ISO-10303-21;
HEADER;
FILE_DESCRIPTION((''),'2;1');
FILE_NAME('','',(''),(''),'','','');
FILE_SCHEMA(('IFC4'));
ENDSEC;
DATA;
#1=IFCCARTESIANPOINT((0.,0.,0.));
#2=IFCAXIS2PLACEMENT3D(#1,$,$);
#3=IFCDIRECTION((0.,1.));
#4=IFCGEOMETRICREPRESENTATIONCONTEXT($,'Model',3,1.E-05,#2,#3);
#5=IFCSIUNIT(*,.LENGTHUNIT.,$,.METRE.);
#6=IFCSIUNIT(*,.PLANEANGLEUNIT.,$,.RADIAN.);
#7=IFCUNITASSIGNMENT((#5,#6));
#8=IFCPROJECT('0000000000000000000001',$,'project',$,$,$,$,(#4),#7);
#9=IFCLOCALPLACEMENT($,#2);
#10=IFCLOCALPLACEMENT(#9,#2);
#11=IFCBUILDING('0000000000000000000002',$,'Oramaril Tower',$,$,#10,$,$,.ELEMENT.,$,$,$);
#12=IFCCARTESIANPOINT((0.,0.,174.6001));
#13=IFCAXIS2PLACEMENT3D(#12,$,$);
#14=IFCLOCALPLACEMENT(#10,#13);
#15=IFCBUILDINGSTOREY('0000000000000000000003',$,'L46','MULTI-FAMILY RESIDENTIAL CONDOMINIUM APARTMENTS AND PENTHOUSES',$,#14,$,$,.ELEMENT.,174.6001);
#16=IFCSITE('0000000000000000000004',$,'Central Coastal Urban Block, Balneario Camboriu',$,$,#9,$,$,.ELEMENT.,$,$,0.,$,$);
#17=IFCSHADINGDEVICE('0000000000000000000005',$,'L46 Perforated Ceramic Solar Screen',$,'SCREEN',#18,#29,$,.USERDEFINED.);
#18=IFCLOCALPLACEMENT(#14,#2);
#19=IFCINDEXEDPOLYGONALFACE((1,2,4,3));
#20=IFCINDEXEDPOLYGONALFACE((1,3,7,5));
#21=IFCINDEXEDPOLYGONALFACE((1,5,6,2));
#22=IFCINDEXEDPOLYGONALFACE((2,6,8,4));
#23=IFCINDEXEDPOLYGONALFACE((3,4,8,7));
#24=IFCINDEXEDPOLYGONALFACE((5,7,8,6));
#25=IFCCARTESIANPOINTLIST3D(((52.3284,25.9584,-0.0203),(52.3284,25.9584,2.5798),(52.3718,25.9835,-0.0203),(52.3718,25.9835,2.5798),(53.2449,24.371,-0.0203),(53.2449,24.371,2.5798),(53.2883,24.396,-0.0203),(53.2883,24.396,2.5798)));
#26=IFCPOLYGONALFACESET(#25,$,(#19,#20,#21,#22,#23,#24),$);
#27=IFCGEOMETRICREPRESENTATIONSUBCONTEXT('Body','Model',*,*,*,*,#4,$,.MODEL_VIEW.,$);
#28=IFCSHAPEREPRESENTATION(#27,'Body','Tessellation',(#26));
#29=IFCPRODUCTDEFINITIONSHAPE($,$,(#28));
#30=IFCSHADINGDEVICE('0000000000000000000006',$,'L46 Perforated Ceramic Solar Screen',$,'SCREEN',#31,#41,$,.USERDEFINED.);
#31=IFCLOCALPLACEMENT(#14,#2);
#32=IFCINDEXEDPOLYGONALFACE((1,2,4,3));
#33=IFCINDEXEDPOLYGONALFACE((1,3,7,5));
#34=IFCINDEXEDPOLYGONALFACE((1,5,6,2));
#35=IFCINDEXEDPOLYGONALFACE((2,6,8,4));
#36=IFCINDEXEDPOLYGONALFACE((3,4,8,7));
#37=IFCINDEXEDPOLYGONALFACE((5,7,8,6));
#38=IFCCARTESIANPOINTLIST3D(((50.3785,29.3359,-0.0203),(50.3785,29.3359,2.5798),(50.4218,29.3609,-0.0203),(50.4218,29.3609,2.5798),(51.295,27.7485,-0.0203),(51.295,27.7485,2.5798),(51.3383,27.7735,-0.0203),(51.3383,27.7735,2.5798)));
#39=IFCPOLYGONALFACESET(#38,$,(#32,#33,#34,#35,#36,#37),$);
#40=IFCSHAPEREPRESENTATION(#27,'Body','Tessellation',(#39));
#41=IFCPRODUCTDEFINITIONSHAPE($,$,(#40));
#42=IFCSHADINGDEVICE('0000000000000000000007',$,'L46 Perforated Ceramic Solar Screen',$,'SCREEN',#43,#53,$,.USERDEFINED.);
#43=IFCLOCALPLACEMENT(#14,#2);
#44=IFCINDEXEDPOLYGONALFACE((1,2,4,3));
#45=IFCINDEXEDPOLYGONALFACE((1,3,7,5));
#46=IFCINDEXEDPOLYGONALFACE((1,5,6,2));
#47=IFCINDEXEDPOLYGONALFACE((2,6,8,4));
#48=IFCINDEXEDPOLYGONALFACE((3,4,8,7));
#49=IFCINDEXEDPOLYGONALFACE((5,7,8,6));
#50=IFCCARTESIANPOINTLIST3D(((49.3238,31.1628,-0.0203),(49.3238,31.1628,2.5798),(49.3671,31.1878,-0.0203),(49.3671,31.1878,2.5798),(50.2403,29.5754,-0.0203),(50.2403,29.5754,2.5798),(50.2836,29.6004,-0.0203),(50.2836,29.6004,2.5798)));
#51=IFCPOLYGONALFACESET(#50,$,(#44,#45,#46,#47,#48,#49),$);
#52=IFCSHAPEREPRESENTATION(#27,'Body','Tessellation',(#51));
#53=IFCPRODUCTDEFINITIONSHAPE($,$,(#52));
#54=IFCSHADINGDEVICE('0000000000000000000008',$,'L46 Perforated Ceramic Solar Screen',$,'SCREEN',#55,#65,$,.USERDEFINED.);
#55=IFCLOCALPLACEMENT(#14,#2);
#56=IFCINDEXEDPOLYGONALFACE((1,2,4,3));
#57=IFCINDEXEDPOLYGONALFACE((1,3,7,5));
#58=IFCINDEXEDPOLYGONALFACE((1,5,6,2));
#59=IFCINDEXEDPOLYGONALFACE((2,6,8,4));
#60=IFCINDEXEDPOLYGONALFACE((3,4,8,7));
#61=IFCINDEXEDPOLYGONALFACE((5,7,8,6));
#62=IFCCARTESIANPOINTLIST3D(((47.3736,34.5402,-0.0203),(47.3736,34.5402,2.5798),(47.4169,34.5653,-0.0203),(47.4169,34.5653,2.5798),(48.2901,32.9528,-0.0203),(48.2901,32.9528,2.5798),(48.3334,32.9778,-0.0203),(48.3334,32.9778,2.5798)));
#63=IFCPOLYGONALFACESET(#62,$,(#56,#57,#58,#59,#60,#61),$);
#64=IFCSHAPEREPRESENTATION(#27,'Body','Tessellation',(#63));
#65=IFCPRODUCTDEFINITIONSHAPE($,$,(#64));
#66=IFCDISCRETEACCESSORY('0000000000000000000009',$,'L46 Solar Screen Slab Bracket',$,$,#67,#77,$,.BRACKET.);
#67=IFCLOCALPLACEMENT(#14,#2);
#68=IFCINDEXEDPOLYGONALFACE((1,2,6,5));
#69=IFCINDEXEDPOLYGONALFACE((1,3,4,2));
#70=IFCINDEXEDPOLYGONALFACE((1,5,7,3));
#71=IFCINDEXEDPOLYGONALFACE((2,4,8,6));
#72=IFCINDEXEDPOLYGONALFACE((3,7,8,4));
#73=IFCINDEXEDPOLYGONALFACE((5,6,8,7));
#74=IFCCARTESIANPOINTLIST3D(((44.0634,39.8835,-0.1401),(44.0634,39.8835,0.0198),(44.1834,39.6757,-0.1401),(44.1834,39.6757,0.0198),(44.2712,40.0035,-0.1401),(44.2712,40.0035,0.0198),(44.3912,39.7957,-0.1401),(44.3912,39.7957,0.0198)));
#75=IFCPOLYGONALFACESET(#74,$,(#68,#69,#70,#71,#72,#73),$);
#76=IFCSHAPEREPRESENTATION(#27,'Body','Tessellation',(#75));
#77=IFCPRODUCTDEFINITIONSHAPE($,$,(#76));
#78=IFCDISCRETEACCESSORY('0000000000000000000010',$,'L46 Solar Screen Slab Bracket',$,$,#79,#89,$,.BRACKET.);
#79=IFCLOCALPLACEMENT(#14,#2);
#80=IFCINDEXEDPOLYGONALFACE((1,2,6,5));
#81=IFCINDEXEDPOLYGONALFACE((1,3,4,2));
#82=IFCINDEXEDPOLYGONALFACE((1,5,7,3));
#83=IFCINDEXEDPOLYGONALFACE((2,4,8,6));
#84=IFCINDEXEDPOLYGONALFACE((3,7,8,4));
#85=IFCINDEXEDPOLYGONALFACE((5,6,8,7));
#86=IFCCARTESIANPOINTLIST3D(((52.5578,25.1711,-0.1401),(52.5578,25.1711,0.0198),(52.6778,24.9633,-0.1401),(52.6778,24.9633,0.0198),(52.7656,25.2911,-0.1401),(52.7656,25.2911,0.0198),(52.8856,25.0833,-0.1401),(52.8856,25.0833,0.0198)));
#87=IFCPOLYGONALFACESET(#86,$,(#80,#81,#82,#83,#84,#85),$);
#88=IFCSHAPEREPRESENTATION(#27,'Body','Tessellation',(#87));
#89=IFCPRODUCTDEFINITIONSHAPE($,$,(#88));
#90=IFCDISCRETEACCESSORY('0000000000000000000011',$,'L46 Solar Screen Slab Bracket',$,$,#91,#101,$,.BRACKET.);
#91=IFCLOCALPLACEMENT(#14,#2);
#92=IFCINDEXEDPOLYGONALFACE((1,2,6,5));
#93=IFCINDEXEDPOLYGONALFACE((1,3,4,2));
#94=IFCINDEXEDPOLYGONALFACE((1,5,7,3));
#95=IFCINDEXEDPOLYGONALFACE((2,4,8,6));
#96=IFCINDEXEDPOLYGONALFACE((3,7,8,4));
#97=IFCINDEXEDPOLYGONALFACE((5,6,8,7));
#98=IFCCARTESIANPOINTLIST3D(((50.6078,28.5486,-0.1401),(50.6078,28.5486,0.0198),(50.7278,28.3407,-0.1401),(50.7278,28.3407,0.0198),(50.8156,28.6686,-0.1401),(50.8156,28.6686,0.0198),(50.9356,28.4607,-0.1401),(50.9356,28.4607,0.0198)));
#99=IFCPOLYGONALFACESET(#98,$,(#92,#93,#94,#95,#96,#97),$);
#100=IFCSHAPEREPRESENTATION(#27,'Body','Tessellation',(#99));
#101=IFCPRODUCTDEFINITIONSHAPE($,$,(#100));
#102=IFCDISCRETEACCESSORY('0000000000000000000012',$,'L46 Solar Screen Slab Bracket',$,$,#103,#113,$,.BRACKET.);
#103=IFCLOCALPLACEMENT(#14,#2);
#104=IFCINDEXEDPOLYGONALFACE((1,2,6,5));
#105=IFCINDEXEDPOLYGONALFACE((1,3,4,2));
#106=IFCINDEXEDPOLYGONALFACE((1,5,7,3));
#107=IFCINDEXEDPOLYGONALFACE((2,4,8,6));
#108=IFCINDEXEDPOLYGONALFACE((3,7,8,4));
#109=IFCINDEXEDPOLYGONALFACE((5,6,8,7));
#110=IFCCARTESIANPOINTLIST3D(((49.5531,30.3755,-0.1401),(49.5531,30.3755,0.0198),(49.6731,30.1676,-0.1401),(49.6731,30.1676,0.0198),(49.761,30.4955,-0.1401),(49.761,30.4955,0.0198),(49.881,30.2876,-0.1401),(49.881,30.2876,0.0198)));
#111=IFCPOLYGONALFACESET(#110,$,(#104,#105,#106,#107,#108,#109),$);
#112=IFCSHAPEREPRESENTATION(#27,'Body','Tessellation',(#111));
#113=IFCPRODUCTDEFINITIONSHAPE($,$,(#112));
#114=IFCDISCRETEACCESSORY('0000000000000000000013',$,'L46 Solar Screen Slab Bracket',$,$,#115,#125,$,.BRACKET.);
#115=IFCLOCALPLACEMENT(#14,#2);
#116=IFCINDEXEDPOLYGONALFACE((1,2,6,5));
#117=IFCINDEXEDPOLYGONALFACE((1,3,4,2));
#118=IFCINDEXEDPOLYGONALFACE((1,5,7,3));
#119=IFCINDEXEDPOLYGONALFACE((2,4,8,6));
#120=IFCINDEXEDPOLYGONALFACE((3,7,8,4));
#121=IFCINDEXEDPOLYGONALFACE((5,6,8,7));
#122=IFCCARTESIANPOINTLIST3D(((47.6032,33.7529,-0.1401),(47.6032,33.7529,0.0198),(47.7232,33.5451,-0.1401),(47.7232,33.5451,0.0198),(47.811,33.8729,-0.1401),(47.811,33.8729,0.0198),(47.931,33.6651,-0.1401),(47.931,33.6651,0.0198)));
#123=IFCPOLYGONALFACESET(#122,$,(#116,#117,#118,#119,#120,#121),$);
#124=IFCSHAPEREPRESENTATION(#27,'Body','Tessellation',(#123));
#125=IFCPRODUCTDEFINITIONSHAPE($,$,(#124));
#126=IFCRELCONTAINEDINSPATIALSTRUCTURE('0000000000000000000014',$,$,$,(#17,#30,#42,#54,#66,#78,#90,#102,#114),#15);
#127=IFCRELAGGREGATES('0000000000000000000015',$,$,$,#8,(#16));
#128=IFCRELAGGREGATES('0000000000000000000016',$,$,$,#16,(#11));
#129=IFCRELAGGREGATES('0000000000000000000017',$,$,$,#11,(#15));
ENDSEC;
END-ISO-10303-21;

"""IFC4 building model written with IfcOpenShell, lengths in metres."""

from ifc_helpers import new_model, si_unit, direction, frame, origin, origin_2d, place, context, subcontext, project, spatial, rectangle, extrude, element, save


model = new_model("IFC4")

# Units and contexts
model_context = context("Model", 3, precision=1e-05, world=origin(), true_north=direction((0.0, 1.0)))
body_context = subcontext(model_context, "Body", "Model", "MODEL_VIEW")
ifc_project = project(units=[si_unit("LENGTHUNIT", "METRE"), si_unit("PLANEANGLEUNIT", "RADIAN")], contexts=[model_context])

# Site, building, storey
site_placement = place(None, origin())
site = spatial("IfcSite", under=ifc_project, at=site_placement, Name="Central Coastal Urban Block, Balneario Camboriu", CompositionType="ELEMENT", RefElevation=0.0)
building_placement = place(site_placement, origin())
building = spatial("IfcBuilding", under=site, at=building_placement, Name="Oramaril Tower", CompositionType="ELEMENT")
storey_placement = place(building_placement, frame((0.0, 0.0, 174.6001)))
storey = spatial("IfcBuildingStorey", under=building, at=storey_placement, Name="L46", Description="MULTI-FAMILY RESIDENTIAL CONDOMINIUM APARTMENTS AND PENTHOUSES", CompositionType="ELEMENT", Elevation=174.6001)

# Shading devices
for number, where, z_axis, x_axis, name in (
    (1, (52.8083, 25.1772, -0.0203), (0.0, 0.0, 1.0), (-0.5, 0.866025, 0.0), "L46 Perforated Ceramic Solar Screen"),
    (2, (50.8584, 28.5547, -0.0203), (0.0, 0.0, 1.0), (-0.5, 0.866025, 0.0), "L46 Perforated Ceramic Solar Screen"),
    (3, (49.8037, 30.3816, -0.0203), (0.0, 0.0, 1.0), (-0.5, 0.866025, 0.0), "L46 Perforated Ceramic Solar Screen"),
    (4, (47.8535, 33.759, -0.0203), (0.0, 0.0, 1.0), (-0.5, 0.866025, 0.0), "L46 Perforated Ceramic Solar Screen"),
):
    element("IfcShadingDevice", number, at=place(storey_placement, frame(where, z_axis=z_axis, x_axis=x_axis)), inside=storey, Name=name, ObjectType="SCREEN", PredefinedType="USERDEFINED", context=body_context, shape_type="SweptSolid", body=[
        extrude(rectangle(XDim=1.833, YDim=0.05, at=origin_2d()), origin(), (0.0, 0.0, 1.0), 2.6001),
    ])

# Discrete accessories
for number, where, z_axis, x_axis, name in (
    (5, (44.2273, 39.8396, -0.1401), (0.0, 0.0, 1.0), (-0.5, 0.866025, 0.0), "L46 Solar Screen Slab Bracket"),
    (6, (52.7217, 25.1272, -0.1401), (0.0, 0.0, 1.0), (-0.5, 0.866025, 0.0), "L46 Solar Screen Slab Bracket"),
    (7, (50.7717, 28.5046, -0.1401), (0.0, 0.0, 1.0), (-0.5, 0.866025, 0.0), "L46 Solar Screen Slab Bracket"),
    (8, (49.717, 30.3315, -0.1401), (0.0, 0.0, 1.0), (-0.5, 0.866025, 0.0), "L46 Solar Screen Slab Bracket"),
    (9, (47.7671, 33.709, -0.1401), (0.0, 0.0, 1.0), (-0.5, 0.866025, 0.0), "L46 Solar Screen Slab Bracket"),
):
    element("IfcDiscreteAccessory", number, at=place(storey_placement, frame(where, z_axis=z_axis, x_axis=x_axis)), inside=storey, Name=name, PredefinedType="BRACKET", context=body_context, shape_type="SweptSolid", body=[
        extrude(rectangle(XDim=0.24, YDim=0.24, at=origin_2d()), origin(), (0.0, 0.0, 1.0), 0.1599),
    ])

save(model, "model.ifc")
